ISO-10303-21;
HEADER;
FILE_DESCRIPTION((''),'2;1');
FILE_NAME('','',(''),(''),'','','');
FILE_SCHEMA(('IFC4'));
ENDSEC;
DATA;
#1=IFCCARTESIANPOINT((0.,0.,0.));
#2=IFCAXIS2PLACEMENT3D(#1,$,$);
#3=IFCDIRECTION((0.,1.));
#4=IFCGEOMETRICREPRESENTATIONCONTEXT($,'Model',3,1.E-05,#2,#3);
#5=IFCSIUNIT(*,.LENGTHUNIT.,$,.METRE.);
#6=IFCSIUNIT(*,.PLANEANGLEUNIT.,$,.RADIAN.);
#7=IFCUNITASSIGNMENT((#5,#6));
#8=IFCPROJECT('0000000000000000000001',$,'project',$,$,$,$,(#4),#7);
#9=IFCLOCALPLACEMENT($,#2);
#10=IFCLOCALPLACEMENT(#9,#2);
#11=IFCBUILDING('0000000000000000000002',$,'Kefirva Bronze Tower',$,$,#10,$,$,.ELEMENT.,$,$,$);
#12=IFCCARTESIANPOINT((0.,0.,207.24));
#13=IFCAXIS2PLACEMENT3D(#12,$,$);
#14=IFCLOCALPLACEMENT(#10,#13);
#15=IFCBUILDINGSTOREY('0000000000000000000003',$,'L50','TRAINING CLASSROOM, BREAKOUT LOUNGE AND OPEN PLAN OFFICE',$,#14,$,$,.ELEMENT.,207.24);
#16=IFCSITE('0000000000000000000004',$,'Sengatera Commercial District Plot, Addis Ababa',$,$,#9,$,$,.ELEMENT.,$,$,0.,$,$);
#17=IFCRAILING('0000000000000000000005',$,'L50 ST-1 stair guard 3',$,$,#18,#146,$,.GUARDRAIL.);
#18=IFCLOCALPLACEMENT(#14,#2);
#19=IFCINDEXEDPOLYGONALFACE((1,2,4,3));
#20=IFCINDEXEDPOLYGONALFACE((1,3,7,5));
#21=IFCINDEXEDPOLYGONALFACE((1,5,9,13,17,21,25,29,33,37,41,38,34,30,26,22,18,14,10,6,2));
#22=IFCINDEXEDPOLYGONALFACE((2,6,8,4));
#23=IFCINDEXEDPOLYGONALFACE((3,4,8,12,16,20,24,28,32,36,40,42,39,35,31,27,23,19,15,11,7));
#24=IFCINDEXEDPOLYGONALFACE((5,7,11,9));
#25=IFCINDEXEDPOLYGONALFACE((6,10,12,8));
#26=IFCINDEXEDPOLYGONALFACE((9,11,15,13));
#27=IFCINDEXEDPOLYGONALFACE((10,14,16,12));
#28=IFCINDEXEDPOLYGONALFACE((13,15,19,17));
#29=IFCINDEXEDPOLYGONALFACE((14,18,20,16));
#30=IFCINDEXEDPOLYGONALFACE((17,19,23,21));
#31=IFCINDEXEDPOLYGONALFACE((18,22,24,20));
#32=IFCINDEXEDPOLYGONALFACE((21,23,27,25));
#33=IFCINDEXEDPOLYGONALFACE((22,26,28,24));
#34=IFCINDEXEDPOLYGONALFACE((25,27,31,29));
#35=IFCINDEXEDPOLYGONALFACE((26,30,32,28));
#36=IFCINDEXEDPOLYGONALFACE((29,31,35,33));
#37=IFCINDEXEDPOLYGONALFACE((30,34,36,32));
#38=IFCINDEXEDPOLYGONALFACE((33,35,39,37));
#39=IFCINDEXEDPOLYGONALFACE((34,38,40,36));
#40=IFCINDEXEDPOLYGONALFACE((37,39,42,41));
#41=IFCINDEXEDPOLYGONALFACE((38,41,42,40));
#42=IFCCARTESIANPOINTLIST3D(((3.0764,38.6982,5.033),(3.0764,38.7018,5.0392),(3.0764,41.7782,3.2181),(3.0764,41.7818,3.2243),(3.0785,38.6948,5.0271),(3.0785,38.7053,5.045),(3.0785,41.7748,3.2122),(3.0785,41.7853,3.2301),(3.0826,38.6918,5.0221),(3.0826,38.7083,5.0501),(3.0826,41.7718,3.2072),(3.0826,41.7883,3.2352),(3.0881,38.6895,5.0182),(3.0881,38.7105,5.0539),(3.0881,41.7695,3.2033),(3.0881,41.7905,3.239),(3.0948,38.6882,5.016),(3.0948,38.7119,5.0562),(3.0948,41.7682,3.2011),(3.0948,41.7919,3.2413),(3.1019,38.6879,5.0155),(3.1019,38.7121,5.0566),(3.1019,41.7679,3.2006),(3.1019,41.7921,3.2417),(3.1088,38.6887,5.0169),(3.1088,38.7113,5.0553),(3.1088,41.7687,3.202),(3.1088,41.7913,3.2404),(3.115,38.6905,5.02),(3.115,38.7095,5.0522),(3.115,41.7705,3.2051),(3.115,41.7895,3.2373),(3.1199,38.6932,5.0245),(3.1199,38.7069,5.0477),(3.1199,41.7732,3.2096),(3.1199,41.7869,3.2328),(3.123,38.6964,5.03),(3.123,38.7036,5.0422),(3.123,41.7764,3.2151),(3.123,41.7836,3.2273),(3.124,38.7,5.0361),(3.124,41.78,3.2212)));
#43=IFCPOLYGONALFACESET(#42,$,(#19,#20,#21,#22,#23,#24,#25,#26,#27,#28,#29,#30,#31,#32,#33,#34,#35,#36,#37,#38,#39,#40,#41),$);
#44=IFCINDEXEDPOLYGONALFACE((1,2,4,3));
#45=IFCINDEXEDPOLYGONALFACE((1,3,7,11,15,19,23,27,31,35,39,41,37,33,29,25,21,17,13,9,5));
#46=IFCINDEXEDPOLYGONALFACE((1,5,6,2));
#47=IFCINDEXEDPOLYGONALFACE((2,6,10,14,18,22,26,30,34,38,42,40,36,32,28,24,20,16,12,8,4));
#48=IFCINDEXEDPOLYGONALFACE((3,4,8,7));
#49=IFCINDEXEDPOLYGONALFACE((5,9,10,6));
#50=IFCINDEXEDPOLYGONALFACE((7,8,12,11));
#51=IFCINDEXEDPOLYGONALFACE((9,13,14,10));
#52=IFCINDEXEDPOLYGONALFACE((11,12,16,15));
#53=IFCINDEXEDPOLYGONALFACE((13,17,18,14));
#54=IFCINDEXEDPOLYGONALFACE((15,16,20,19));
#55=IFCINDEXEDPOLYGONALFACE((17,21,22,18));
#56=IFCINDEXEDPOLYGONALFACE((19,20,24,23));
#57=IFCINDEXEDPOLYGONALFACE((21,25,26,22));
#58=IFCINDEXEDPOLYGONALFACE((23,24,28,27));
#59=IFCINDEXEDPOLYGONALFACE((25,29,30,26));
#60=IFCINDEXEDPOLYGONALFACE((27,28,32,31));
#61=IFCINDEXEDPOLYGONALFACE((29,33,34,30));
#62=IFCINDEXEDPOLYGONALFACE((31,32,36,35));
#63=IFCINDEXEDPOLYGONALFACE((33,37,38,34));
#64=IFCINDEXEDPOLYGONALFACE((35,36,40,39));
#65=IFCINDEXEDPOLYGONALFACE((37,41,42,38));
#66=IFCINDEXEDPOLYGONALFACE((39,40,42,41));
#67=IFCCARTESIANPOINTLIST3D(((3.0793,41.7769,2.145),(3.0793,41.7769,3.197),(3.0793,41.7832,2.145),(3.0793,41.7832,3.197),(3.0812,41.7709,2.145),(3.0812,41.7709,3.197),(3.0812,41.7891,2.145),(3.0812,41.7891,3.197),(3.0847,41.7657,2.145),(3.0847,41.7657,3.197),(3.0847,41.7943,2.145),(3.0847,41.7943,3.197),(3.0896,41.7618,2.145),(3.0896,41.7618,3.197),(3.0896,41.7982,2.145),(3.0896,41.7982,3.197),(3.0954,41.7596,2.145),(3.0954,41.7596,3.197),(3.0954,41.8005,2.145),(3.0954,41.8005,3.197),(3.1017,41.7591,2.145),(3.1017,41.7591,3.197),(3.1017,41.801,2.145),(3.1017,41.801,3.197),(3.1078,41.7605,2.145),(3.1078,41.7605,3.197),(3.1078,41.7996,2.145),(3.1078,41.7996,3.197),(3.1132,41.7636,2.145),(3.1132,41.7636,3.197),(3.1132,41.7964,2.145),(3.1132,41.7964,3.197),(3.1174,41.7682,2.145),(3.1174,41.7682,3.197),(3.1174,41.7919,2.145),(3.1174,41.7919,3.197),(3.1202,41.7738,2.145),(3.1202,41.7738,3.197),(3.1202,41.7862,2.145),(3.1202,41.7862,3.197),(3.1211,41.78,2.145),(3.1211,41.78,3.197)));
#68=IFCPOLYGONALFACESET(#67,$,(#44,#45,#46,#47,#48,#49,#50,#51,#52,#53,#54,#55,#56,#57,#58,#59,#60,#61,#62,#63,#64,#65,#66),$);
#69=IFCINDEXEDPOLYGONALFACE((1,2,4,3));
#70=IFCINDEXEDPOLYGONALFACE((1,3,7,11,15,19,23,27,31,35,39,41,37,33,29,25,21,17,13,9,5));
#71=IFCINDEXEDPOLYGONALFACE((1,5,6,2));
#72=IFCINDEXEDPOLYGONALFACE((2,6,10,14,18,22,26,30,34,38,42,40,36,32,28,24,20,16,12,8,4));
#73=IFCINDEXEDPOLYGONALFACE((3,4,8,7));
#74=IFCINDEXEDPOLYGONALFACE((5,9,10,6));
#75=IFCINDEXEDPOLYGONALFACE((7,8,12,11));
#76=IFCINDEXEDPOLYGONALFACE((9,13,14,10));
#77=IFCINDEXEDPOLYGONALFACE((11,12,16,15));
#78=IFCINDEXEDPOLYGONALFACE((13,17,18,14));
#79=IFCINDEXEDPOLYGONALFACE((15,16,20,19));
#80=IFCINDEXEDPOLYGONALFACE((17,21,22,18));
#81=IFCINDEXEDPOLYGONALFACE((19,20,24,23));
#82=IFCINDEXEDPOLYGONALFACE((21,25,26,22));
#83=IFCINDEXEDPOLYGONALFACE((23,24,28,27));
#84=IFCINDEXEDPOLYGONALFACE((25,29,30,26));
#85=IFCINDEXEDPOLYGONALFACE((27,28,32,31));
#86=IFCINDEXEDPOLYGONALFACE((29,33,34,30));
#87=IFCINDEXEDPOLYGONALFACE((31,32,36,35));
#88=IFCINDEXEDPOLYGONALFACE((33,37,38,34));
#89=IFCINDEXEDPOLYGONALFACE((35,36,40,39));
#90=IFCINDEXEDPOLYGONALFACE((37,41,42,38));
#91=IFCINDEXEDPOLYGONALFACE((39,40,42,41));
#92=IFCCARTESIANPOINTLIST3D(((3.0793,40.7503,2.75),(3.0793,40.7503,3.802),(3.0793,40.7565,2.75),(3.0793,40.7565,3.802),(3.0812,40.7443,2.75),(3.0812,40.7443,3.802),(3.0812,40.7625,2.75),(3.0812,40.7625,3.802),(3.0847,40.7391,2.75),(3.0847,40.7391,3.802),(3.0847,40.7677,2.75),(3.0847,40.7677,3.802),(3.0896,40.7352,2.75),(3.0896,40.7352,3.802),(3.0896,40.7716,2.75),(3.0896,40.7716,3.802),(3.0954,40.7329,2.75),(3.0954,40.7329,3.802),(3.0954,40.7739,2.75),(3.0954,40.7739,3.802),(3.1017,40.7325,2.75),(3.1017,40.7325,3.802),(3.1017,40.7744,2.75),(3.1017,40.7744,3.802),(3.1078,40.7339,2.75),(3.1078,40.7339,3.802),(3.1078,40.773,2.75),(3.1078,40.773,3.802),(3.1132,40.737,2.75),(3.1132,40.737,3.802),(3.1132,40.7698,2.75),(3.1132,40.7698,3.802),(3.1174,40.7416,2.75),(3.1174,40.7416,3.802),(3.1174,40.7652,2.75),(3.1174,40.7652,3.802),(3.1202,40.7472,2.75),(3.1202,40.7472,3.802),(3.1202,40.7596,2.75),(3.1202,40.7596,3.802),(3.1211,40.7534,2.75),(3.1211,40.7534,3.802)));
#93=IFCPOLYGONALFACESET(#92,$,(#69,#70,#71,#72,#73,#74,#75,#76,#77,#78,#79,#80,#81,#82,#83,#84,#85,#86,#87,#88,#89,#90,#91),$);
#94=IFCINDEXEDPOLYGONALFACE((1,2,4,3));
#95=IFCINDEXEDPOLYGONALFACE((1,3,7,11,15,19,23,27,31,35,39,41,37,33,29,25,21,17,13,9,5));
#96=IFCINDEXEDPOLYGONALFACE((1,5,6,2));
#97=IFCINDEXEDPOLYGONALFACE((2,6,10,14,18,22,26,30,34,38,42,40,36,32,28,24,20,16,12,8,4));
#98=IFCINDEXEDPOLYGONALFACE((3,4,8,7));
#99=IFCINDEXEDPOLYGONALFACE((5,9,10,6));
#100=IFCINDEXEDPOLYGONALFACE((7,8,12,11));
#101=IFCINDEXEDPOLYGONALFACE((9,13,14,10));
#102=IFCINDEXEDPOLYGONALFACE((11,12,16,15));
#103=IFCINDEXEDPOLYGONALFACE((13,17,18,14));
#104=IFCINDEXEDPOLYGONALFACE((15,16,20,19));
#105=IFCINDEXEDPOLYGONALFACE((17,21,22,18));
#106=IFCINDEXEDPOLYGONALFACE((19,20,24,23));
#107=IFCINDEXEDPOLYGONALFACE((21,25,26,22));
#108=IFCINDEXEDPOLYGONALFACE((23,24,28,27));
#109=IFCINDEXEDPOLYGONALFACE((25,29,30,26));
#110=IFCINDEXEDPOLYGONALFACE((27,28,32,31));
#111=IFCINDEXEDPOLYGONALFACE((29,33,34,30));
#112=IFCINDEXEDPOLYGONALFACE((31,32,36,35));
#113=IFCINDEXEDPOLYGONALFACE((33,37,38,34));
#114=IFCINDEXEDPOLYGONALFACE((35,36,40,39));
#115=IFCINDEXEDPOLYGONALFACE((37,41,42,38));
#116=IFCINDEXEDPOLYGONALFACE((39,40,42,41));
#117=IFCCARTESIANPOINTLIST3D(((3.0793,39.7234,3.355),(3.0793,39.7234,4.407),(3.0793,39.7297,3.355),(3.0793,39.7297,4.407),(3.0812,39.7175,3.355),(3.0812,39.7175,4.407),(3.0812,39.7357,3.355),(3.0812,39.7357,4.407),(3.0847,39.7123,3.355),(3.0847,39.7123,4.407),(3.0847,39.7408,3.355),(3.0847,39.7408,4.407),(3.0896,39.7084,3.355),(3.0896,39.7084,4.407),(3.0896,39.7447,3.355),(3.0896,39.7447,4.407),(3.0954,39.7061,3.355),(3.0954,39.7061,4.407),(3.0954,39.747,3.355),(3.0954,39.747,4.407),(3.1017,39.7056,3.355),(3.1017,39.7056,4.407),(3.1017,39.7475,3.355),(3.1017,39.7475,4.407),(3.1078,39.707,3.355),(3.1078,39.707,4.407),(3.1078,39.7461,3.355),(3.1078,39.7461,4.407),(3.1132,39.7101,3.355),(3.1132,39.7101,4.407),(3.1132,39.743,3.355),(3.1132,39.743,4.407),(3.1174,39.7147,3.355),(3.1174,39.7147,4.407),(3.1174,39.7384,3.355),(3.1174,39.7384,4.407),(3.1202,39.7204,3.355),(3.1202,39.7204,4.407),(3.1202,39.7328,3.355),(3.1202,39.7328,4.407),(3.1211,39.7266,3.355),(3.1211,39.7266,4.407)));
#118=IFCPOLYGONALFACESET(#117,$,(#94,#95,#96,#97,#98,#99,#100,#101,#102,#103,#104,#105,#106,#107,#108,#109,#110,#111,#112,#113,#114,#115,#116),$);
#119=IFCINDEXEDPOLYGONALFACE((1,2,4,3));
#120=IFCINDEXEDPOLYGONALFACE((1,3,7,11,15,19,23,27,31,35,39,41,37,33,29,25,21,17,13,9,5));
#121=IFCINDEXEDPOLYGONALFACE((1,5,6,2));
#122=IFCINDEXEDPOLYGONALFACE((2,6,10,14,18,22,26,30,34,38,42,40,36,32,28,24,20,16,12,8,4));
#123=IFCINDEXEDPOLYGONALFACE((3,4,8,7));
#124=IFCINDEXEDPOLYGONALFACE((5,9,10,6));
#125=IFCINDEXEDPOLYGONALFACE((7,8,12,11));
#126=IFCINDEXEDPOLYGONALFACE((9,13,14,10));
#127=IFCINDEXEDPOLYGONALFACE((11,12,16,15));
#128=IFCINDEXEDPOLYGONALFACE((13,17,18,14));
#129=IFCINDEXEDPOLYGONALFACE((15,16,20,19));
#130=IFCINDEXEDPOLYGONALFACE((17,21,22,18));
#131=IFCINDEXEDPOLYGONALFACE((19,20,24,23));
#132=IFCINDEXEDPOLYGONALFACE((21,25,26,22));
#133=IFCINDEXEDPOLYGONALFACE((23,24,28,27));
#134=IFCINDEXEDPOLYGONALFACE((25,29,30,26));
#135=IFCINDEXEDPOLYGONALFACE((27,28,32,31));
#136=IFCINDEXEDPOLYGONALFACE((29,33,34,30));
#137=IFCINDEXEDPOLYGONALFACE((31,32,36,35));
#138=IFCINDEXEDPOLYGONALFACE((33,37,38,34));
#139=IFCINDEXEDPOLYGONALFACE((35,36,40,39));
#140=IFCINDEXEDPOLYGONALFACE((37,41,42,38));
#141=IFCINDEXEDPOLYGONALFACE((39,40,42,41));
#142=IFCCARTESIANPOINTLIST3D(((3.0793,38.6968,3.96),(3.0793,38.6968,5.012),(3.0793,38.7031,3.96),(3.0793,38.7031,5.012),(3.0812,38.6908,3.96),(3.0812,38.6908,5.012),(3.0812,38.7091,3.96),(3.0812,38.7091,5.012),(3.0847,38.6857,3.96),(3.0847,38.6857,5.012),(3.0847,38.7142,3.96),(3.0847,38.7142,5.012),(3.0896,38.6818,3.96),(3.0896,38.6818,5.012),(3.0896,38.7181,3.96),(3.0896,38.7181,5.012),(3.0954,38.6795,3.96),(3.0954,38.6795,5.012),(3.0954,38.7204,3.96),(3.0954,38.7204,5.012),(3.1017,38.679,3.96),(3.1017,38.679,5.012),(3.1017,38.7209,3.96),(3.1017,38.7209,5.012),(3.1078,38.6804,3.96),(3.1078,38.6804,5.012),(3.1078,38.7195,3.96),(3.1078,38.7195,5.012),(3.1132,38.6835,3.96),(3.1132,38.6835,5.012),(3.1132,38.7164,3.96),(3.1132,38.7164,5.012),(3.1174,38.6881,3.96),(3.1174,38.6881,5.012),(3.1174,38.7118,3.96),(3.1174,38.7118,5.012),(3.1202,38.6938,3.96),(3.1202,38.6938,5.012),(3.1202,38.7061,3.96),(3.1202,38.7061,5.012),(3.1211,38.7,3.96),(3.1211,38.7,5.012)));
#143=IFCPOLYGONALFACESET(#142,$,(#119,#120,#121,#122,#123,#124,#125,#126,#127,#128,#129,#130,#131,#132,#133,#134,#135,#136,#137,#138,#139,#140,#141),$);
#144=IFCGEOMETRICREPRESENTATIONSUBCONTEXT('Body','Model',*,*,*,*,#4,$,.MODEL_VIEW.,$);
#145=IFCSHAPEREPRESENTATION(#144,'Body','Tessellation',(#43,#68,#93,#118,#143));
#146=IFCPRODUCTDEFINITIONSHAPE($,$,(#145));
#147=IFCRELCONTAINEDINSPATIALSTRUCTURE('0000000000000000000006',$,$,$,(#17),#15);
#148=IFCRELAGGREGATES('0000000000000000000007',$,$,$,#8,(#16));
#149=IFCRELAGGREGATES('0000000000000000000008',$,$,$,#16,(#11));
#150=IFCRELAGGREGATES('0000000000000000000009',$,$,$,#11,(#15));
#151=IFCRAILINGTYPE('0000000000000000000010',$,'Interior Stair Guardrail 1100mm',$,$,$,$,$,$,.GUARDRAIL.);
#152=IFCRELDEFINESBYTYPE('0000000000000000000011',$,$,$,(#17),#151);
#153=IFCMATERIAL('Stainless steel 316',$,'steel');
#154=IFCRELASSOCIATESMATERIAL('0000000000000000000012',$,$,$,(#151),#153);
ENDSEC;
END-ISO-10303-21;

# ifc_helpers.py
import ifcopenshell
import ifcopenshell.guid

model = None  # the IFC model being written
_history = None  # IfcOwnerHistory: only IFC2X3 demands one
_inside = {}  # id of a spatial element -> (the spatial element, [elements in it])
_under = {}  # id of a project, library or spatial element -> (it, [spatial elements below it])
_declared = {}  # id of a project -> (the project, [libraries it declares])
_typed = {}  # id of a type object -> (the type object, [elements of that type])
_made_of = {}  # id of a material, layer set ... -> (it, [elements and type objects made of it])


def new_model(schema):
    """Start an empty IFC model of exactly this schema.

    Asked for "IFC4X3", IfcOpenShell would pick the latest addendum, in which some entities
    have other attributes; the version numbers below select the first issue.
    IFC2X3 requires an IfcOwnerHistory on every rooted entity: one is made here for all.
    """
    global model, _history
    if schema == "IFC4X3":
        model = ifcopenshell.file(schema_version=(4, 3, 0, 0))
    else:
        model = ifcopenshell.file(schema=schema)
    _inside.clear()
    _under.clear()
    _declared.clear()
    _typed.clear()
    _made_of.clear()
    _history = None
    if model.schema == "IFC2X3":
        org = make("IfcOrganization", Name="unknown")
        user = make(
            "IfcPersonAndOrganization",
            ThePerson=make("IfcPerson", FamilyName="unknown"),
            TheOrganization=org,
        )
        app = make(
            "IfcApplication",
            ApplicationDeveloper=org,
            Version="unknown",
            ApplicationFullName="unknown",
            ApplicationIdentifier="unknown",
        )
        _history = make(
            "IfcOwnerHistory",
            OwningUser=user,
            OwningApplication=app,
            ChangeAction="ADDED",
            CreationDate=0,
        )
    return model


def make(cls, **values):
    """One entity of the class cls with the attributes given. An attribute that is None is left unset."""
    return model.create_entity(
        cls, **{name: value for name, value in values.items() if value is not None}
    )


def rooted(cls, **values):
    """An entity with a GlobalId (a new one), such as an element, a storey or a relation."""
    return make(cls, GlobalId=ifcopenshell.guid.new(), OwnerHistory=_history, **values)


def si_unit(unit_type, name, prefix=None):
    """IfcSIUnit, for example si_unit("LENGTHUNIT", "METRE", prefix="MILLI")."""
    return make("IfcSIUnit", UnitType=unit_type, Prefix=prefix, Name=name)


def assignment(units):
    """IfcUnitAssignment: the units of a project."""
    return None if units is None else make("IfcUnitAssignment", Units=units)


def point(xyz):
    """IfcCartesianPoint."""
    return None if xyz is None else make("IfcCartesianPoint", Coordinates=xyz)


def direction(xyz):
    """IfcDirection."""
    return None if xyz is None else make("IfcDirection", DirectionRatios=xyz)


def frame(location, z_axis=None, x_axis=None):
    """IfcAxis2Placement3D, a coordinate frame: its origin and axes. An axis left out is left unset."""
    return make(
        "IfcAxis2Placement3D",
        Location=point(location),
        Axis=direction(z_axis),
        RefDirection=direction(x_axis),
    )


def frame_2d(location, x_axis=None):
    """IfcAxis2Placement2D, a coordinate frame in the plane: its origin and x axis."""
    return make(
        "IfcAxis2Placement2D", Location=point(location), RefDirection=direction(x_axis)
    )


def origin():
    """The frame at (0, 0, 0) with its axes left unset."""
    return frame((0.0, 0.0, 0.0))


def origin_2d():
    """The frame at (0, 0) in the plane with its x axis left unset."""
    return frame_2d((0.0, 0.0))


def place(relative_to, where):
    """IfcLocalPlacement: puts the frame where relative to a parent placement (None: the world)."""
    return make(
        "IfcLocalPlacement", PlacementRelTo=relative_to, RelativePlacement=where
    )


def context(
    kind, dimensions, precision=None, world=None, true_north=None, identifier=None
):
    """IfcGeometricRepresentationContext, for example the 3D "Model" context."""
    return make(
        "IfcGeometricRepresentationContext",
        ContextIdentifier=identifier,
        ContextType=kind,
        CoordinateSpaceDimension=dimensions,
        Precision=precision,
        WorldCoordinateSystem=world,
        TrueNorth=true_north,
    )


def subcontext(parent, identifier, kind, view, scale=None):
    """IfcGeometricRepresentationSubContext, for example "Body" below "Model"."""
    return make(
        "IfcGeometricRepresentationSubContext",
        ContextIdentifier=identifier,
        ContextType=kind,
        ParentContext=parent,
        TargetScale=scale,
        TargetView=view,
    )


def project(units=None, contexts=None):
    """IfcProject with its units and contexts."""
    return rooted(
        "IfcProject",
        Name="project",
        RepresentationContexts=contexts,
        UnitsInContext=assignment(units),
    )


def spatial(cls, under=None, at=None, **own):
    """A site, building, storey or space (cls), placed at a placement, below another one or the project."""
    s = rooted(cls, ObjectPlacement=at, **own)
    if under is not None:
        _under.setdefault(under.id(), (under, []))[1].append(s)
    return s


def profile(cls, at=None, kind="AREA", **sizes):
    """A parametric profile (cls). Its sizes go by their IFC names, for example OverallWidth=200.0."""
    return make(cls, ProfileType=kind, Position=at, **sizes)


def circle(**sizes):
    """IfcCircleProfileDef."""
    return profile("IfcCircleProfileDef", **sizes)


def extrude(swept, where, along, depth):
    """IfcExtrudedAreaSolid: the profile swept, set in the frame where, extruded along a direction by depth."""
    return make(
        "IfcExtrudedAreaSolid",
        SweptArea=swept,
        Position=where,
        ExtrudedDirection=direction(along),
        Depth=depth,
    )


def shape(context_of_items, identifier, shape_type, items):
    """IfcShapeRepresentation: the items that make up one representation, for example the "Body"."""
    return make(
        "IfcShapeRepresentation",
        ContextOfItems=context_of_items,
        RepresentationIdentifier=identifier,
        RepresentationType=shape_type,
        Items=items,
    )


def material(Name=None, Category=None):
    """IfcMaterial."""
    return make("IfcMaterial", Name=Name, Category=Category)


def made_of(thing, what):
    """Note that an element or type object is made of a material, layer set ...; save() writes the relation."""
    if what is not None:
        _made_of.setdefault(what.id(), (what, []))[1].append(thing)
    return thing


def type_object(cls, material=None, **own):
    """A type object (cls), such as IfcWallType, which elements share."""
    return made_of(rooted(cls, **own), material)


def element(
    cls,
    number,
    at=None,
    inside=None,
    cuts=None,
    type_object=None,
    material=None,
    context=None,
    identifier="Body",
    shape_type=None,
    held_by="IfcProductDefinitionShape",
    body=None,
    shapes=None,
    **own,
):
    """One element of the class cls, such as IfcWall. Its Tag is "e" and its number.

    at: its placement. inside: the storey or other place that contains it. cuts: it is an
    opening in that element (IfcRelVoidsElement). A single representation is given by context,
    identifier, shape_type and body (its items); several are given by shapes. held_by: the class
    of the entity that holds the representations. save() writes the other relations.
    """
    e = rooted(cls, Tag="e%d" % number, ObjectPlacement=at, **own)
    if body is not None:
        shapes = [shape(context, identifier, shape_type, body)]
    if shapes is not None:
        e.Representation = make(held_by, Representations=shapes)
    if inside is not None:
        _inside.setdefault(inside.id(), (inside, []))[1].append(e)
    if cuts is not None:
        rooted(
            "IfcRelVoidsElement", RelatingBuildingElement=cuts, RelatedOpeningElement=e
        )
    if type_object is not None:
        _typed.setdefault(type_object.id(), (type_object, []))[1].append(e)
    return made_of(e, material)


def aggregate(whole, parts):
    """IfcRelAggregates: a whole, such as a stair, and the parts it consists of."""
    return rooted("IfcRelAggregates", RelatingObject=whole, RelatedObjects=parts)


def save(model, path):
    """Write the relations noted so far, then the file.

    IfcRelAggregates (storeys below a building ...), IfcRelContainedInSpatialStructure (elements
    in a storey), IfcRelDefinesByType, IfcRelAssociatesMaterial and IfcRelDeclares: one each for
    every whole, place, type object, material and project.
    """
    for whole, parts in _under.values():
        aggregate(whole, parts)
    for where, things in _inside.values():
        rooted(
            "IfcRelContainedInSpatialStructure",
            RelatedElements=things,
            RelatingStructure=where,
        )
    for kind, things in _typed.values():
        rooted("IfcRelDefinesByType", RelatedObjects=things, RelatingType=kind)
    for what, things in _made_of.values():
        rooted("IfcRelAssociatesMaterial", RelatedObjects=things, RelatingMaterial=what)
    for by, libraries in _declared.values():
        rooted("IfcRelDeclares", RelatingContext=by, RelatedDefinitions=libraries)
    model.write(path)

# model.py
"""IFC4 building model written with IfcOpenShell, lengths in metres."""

from ifc_helpers import new_model, si_unit, direction, frame, origin, origin_2d, place, context, subcontext, project, spatial, circle, extrude, material, type_object, element, save


model = new_model("IFC4")

# Units and contexts
model_context = context("Model", 3, precision=1e-05, world=origin(), true_north=direction((0.0, 1.0)))
body_context = subcontext(model_context, "Body", "Model", "MODEL_VIEW")
ifc_project = project(units=[si_unit("LENGTHUNIT", "METRE"), si_unit("PLANEANGLEUNIT", "RADIAN")], contexts=[model_context])

# Site, building, storey
site_placement = place(None, origin())
site = spatial("IfcSite", under=ifc_project, at=site_placement, Name="Sengatera Commercial District Plot, Addis Ababa", CompositionType="ELEMENT", RefElevation=0.0)
building_placement = place(site_placement, origin())
building = spatial("IfcBuilding", under=site, at=building_placement, Name="Kefirva Bronze Tower", CompositionType="ELEMENT")
storey_placement = place(building_placement, frame((0.0, 0.0, 207.24)))
storey = spatial("IfcBuildingStorey", under=building, at=storey_placement, Name="L50", Description="TRAINING CLASSROOM, BREAKOUT LOUNGE AND OPEN PLAN OFFICE", CompositionType="ELEMENT", Elevation=207.24)

# Railing
ifc_material_1 = material(Name="Stainless steel 316", Category="steel")
railing_type_1 = type_object("IfcRailingType", Name="Interior Stair Guardrail 1100mm", PredefinedType="GUARDRAIL", material=ifc_material_1)
railing_1_placement = place(storey_placement, frame((3.1001, 41.78, 2.145)))
element("IfcRailing", 1, at=railing_1_placement, inside=storey, type_object=railing_type_1, Name="L50 ST-1 stair guard 3", PredefinedType="GUARDRAIL", context=body_context, shape_type="SweptSolid", body=[
    extrude(circle(Radius=0.0239, at=origin_2d()), frame((0.0, 0.0, 1.0762), z_axis=(0.0, -0.861551, 0.507671), x_axis=(1.0, 0.0, 0.0)), (0.0, 0.0, 1.0), 3.575),
    extrude(circle(Radius=0.021, at=origin_2d()), origin(), (0.0, 0.0, 1.0), 1.052),
    extrude(circle(Radius=0.021, at=origin_2d()), frame((0.0, -1.0266, 0.605)), (0.0, 0.0, 1.0), 1.052),
    extrude(circle(Radius=0.021, at=origin_2d()), frame((0.0, -2.0535, 1.21)), (0.0, 0.0, 1.0), 1.052),
    extrude(circle(Radius=0.021, at=origin_2d()), frame((0.0, -3.0801, 1.8149)), (0.0, 0.0, 1.0), 1.052),
])

save(model, "model.ifc")
